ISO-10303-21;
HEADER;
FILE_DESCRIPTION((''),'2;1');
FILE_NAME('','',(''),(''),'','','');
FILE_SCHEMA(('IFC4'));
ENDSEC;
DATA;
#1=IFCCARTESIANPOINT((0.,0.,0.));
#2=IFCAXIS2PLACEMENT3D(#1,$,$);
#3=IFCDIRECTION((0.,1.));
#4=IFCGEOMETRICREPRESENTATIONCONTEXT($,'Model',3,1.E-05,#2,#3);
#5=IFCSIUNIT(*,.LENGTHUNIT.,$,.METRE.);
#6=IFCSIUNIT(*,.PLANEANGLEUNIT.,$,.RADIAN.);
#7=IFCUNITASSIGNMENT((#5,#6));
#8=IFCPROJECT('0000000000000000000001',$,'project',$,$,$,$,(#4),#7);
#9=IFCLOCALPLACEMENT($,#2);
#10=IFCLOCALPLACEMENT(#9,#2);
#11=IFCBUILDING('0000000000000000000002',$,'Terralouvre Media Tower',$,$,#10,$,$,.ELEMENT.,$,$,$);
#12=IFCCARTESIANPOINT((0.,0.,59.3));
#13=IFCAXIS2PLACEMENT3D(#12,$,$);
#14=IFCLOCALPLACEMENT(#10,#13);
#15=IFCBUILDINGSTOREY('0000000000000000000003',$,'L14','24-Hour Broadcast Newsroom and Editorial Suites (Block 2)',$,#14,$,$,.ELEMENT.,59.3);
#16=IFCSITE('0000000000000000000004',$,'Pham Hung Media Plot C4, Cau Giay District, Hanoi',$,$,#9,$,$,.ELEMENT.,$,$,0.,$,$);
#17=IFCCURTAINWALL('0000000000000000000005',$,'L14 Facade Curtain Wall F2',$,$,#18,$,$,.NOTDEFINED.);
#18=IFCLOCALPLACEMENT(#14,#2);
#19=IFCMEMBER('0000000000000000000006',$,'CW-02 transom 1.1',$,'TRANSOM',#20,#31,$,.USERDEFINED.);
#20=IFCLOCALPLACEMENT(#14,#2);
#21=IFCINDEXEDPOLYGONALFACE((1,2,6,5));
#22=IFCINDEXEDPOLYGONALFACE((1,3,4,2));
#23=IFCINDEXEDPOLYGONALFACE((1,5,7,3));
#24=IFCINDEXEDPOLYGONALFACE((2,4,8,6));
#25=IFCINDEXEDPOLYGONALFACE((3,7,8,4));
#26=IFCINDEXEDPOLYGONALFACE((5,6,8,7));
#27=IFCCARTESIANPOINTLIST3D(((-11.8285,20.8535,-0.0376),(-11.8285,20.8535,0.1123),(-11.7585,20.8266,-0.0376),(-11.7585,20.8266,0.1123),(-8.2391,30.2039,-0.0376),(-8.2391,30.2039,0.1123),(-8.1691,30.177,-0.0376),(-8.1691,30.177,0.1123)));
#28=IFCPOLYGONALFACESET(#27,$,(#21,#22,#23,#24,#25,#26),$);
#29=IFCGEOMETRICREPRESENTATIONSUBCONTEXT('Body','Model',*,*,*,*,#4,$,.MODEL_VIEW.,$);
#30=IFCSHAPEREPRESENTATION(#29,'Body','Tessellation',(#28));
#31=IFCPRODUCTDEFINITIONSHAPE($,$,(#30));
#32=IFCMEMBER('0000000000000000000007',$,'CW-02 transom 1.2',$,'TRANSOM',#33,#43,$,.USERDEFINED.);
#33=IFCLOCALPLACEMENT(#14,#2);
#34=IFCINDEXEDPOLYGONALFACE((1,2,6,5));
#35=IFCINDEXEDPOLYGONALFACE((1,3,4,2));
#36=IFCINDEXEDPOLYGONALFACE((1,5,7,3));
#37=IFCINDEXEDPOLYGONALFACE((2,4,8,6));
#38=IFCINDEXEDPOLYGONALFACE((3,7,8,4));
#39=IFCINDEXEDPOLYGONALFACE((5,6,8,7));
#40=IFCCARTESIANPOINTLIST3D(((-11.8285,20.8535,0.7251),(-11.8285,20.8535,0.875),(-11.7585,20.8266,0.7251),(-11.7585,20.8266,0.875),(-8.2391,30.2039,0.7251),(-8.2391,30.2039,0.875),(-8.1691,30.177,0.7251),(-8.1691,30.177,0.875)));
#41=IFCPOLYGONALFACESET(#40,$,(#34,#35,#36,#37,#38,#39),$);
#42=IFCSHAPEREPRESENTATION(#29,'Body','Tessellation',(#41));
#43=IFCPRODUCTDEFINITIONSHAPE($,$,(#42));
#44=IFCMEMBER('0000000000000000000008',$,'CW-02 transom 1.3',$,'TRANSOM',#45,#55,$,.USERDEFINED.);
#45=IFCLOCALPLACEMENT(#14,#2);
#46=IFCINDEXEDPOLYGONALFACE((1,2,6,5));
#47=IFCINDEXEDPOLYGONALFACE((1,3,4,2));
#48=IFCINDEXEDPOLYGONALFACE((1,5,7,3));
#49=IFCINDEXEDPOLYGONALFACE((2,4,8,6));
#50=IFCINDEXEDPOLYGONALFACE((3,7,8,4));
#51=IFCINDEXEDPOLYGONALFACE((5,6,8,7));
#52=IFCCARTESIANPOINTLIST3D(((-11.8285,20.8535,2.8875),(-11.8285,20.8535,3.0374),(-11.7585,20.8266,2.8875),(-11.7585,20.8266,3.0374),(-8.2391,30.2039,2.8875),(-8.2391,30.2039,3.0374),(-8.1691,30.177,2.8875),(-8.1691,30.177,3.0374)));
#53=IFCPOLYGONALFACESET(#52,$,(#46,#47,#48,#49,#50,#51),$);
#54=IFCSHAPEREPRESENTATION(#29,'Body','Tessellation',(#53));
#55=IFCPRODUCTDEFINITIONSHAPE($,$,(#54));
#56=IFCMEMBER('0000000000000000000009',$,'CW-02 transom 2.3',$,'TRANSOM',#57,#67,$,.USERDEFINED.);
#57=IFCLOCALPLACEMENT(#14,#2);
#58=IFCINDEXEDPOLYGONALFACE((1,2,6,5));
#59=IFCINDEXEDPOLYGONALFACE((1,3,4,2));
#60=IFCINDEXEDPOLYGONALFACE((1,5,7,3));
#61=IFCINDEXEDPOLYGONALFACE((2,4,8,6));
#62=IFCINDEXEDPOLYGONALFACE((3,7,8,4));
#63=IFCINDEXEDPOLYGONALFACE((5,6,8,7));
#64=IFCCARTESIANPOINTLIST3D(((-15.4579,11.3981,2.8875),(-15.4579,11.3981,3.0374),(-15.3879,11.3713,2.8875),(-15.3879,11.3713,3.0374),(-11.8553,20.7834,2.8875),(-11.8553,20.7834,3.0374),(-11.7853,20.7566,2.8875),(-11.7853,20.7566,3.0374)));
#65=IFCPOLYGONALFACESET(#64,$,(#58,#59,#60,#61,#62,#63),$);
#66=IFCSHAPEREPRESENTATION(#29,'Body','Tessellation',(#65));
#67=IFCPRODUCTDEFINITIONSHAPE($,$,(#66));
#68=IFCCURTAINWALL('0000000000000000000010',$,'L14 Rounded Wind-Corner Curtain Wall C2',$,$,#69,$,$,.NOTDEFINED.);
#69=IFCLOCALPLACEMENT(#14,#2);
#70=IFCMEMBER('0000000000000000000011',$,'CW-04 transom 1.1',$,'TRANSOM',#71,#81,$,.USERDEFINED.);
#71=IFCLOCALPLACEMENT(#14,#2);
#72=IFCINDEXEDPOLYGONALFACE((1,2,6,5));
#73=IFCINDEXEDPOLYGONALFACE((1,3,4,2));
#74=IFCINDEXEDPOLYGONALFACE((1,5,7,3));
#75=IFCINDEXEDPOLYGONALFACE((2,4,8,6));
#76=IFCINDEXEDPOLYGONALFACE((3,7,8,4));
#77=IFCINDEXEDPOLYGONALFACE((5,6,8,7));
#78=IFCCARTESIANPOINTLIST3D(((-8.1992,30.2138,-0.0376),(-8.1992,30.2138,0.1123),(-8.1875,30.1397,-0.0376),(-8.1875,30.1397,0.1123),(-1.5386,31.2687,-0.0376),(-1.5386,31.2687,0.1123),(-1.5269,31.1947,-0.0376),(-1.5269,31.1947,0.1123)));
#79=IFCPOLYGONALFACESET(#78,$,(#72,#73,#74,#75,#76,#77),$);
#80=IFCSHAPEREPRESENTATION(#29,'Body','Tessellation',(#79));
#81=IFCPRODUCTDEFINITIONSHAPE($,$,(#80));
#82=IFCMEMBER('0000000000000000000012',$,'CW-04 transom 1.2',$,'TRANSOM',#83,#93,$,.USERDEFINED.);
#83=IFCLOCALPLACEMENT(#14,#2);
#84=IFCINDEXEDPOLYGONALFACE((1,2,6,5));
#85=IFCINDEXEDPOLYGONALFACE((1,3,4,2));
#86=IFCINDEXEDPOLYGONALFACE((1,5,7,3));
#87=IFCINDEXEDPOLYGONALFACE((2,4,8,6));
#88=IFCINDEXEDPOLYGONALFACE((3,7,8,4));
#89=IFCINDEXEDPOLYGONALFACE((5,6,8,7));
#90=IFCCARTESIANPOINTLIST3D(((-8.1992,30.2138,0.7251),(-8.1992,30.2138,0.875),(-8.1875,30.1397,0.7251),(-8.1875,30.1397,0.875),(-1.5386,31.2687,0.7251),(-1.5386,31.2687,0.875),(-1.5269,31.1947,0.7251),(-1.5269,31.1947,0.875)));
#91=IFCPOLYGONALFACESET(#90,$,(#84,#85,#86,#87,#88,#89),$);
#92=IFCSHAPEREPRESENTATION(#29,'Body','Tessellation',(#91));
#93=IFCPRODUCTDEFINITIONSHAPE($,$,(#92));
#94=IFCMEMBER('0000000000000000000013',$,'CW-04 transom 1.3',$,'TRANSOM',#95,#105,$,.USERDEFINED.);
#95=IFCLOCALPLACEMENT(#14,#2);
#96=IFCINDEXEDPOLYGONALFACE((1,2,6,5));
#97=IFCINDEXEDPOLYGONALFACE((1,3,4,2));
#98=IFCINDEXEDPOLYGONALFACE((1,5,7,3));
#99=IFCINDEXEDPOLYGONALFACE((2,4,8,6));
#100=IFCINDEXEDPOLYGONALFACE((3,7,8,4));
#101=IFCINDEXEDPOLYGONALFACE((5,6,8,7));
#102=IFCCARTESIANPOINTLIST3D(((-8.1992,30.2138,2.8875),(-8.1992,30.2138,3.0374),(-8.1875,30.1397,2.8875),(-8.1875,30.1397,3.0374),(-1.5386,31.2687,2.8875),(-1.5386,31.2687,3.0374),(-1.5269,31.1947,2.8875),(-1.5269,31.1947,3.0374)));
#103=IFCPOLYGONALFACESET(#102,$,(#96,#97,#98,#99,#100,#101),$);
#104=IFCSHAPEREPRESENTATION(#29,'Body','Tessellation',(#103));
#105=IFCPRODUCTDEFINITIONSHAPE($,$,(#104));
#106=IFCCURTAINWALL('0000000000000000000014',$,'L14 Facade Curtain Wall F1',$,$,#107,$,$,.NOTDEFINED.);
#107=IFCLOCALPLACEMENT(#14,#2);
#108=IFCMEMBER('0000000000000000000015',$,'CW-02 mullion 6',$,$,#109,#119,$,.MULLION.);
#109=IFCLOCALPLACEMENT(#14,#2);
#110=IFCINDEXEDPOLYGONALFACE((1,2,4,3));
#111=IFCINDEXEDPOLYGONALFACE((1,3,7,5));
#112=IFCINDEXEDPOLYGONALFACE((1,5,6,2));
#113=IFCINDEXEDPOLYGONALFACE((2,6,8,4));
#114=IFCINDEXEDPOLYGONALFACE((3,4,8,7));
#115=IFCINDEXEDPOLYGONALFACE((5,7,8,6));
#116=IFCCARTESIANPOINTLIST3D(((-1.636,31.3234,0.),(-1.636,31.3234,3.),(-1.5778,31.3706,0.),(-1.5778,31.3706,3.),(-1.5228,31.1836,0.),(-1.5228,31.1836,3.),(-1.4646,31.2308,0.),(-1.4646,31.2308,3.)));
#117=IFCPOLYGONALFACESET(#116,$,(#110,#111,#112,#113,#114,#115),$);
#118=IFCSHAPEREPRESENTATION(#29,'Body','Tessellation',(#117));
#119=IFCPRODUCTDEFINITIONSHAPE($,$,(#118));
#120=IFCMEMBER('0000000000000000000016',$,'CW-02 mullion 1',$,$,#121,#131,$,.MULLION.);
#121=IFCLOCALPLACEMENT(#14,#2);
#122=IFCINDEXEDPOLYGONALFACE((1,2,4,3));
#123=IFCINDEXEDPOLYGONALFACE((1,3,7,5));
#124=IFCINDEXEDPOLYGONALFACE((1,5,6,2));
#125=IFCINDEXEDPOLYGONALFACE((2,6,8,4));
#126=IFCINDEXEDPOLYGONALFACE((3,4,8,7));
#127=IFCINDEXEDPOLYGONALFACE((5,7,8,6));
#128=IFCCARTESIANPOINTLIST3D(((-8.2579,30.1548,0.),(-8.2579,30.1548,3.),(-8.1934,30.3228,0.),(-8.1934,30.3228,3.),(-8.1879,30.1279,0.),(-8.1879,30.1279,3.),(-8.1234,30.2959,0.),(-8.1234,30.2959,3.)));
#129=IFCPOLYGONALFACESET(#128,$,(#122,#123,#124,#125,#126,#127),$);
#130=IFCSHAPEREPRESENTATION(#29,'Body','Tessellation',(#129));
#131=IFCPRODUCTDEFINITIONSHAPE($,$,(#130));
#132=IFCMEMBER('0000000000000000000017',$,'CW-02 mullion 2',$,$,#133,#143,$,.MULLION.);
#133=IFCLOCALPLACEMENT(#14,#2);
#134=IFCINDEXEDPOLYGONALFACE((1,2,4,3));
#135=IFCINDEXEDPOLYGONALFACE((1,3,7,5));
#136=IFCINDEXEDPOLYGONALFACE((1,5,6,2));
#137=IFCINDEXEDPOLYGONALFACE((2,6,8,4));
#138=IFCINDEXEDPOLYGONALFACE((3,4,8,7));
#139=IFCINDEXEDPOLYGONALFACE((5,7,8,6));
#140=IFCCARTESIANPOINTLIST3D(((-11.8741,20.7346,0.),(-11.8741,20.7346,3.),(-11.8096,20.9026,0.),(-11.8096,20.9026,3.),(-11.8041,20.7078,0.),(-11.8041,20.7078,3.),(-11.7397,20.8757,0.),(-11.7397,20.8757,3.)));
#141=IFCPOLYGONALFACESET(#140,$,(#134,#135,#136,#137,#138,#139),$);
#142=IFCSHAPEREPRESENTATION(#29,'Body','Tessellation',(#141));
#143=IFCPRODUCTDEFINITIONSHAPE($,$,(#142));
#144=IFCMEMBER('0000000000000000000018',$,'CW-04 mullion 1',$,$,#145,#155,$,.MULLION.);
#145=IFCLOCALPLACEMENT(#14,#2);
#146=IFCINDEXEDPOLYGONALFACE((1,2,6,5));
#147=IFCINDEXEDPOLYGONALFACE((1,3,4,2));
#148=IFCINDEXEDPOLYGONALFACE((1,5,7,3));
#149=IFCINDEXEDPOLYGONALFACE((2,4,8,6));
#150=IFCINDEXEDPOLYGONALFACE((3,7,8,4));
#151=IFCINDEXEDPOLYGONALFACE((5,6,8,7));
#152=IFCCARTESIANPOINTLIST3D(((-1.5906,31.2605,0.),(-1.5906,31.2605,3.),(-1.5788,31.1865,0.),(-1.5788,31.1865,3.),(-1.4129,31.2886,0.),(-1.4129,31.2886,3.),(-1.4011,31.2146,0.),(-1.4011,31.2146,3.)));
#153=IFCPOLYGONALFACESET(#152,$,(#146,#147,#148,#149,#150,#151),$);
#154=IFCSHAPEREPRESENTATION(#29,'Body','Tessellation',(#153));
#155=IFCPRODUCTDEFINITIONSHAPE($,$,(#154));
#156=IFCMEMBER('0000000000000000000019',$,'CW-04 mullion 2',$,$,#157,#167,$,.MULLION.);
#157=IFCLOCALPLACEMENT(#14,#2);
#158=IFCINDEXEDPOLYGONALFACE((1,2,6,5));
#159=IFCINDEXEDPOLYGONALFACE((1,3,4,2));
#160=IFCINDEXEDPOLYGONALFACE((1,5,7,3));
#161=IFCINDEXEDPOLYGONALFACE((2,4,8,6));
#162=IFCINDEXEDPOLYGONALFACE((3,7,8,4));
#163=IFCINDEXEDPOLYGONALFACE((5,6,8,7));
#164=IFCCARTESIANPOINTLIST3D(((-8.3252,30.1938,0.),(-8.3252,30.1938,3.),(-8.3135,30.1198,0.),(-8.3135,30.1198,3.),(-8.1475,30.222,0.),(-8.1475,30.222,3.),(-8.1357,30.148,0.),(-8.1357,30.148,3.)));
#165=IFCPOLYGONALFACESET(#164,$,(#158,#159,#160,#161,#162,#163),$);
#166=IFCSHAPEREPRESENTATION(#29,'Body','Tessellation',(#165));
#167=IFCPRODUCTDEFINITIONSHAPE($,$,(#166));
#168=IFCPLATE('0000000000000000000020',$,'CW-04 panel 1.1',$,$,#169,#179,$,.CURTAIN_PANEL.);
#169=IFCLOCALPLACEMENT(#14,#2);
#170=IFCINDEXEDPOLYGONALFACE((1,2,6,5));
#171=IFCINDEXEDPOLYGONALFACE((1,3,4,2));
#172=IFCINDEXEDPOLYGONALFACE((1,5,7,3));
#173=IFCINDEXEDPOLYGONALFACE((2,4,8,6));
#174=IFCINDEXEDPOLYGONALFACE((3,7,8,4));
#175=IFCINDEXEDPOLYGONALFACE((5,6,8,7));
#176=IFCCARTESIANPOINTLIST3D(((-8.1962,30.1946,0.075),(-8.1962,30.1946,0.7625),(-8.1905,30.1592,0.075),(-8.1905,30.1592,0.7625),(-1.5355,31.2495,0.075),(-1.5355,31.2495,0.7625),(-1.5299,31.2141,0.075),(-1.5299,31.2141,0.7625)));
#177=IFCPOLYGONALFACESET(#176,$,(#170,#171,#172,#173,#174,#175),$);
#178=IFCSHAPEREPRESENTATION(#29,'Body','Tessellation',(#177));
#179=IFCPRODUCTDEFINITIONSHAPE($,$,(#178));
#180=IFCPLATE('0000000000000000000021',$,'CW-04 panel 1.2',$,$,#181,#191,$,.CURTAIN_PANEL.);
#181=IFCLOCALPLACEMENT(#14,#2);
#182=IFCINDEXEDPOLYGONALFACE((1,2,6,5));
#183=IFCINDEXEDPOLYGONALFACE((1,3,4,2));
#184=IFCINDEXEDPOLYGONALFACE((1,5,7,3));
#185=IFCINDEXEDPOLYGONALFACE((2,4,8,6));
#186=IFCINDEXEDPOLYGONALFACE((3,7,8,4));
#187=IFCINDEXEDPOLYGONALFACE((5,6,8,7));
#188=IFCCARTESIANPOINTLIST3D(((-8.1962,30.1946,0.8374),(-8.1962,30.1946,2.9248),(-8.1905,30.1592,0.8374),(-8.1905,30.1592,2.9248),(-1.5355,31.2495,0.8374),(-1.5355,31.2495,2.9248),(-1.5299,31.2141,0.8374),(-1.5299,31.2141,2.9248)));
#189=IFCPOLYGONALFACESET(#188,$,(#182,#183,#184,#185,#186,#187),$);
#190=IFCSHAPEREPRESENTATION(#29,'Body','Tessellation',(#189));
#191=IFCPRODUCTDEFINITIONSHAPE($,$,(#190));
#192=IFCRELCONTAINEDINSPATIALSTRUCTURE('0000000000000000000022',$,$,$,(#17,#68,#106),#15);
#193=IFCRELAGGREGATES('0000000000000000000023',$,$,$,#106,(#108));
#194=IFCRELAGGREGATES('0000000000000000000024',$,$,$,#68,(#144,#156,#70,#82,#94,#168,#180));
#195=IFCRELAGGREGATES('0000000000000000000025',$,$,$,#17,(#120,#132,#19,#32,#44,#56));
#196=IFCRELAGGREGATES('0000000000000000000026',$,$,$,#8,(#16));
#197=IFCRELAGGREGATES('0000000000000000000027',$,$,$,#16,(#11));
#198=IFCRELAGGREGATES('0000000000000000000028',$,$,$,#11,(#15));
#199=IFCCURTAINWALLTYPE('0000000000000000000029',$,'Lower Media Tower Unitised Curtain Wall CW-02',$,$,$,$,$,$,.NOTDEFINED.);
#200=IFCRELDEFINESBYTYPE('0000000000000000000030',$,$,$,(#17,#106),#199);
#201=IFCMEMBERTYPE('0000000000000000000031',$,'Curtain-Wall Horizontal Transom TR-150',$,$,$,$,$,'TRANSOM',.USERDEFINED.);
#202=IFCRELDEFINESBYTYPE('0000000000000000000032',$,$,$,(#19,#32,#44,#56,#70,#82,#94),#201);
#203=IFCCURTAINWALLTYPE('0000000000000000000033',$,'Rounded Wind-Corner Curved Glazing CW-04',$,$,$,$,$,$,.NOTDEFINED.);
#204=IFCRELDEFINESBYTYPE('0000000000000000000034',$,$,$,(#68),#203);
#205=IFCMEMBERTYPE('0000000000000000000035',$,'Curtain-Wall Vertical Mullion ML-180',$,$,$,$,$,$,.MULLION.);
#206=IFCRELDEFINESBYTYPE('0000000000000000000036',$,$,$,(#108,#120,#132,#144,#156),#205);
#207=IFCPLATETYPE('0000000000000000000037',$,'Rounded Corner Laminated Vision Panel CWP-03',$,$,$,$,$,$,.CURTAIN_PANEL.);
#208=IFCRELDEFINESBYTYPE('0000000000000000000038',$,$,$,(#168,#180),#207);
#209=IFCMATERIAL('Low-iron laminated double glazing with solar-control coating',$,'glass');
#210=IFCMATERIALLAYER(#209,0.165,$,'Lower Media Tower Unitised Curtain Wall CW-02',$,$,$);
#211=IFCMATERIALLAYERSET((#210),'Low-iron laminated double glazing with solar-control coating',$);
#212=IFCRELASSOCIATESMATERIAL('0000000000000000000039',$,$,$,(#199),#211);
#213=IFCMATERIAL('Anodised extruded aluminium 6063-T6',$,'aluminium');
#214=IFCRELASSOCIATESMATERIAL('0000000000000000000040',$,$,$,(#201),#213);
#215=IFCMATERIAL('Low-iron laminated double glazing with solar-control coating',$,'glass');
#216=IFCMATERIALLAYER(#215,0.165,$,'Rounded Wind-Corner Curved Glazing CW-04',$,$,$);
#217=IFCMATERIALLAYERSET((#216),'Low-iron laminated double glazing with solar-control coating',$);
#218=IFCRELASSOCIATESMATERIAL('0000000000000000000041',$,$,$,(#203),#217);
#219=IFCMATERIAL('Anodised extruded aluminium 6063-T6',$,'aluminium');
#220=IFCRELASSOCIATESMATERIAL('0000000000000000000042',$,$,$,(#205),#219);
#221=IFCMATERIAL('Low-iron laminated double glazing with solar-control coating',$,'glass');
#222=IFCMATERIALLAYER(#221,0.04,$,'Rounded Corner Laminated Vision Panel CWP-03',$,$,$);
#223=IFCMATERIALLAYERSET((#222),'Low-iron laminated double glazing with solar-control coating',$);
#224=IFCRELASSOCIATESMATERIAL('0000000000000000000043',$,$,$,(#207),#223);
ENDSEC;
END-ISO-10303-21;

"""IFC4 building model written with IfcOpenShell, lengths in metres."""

from ifc_helpers import new_model, si_unit, direction, frame, origin, origin_2d, place, context, subcontext, project, spatial, rectangle, extrude, material, layer, layer_set, material_profile, profile_set, type_object, element, aggregate, save


model = new_model("IFC4")

# Units and contexts
model_context = context("Model", 3, precision=1e-05, world=origin(), true_north=direction((0.0, 1.0)))
body_context = subcontext(model_context, "Body", "Model", "MODEL_VIEW")
ifc_project = project(units=[si_unit("LENGTHUNIT", "METRE"), si_unit("PLANEANGLEUNIT", "RADIAN")], contexts=[model_context])

# Site, building, storey
site_placement = place(None, origin())
site = spatial("IfcSite", under=ifc_project, at=site_placement, Name="Pham Hung Media Plot C4, Cau Giay District, Hanoi", CompositionType="ELEMENT", RefElevation=0.0)
building_placement = place(site_placement, origin())
building = spatial("IfcBuilding", under=site, at=building_placement, Name="Terralouvre Media Tower", CompositionType="ELEMENT")
storey_placement = place(building_placement, frame((0.0, 0.0, 59.3)))
storey = spatial("IfcBuildingStorey", under=building, at=storey_placement, Name="L14", Description="24-Hour Broadcast Newsroom and Editorial Suites (Block 2)", CompositionType="ELEMENT", Elevation=59.3)

# Curtain walls, members
ifc_material_1 = material(Name="Low-iron laminated double glazing with solar-control coating", Category="glass")
ifc_layer_1 = layer(ifc_material_1, 0.165, Name="Lower Media Tower Unitised Curtain Wall CW-02")
ifc_layer_set_1 = layer_set([ifc_layer_1], Name="Low-iron laminated double glazing with solar-control coating")
curtain_wall_type_1 = type_object("IfcCurtainWallType", Name="Lower Media Tower Unitised Curtain Wall CW-02", PredefinedType="NOTDEFINED", material=ifc_layer_set_1)
curtain_wall_1_placement = place(storey_placement, origin())
curtain_wall_1 = element("IfcCurtainWall", 1, at=curtain_wall_1_placement, inside=storey, type_object=curtain_wall_type_1, Name="L14 Facade Curtain Wall F2", PredefinedType="NOTDEFINED")
ifc_material_2 = material(Name="Anodised extruded aluminium 6063-T6", Category="aluminium")
ifc_material_profile_1 = material_profile(ifc_material_2, rectangle(XDim=0.075, YDim=0.1499, at=origin_2d()), Name="ALU 75x150")
ifc_profile_set_1 = profile_set([ifc_material_profile_1], Name="Anodised extruded aluminium 6063-T6")
member_type_1 = type_object("IfcMemberType", Name="Curtain-Wall Horizontal Transom TR-150", ElementType="TRANSOM", PredefinedType="USERDEFINED", material=ifc_profile_set_1)
member_1_placement = place(storey_placement, frame((-8.2041, 30.1904, 0.0374), z_axis=(-0.358376, -0.933577, 0.0), x_axis=(0.933577, -0.358376, 0.0)))
member_1 = element("IfcMember", 2, at=member_1_placement, type_object=member_type_1, Name="CW-02 transom 1.1", ObjectType="TRANSOM", PredefinedType="USERDEFINED", context=body_context, shape_type="SweptSolid", body=[
    extrude(rectangle(XDim=0.075, YDim=0.1499, at=origin_2d()), origin(), (0.0, 0.0, 1.0), 10.0156),
])
member_2_placement = place(storey_placement, frame((-8.2041, 30.1904, 0.8), z_axis=(-0.358376, -0.933577, 0.0), x_axis=(0.933577, -0.358376, 0.0)))
member_2 = element("IfcMember", 3, at=member_2_placement, type_object=member_type_1, Name="CW-02 transom 1.2", ObjectType="TRANSOM", PredefinedType="USERDEFINED", context=body_context, shape_type="SweptSolid", body=[
    extrude(rectangle(XDim=0.075, YDim=0.1499, at=origin_2d()), origin(), (0.0, 0.0, 1.0), 10.0156),
])
member_3_placement = place(storey_placement, frame((-8.2041, 30.1904, 2.9624), z_axis=(-0.358376, -0.933577, 0.0), x_axis=(0.933577, -0.358376, 0.0)))
member_3 = element("IfcMember", 4, at=member_3_placement, type_object=member_type_1, Name="CW-02 transom 1.3", ObjectType="TRANSOM", PredefinedType="USERDEFINED", context=body_context, shape_type="SweptSolid", body=[
    extrude(rectangle(XDim=0.075, YDim=0.1499, at=origin_2d()), origin(), (0.0, 0.0, 1.0), 10.0156),
])
member_4_placement = place(storey_placement, frame((-11.8203, 20.77, 2.9624), z_axis=(-0.358357, -0.933584, 0.0), x_axis=(0.933584, -0.358357, 0.0)))
member_4 = element("IfcMember", 5, at=member_4_placement, type_object=member_type_1, Name="CW-02 transom 2.3", ObjectType="TRANSOM", PredefinedType="USERDEFINED", context=body_context, shape_type="SweptSolid", body=[
    extrude(rectangle(XDim=0.075, YDim=0.1499, at=origin_2d()), origin(), (0.0, 0.0, 1.0), 10.053),
])
ifc_material_3 = material(Name="Low-iron laminated double glazing with solar-control coating", Category="glass")
ifc_layer_2 = layer(ifc_material_3, 0.165, Name="Rounded Wind-Corner Curved Glazing CW-04")
ifc_layer_set_2 = layer_set([ifc_layer_2], Name="Low-iron laminated double glazing with solar-control coating")
curtain_wall_type_2 = type_object("IfcCurtainWallType", Name="Rounded Wind-Corner Curved Glazing CW-04", PredefinedType="NOTDEFINED", material=ifc_layer_set_2)
curtain_wall_2_placement = place(storey_placement, origin())
curtain_wall_2 = element("IfcCurtainWall", 6, at=curtain_wall_2_placement, inside=storey, type_object=curtain_wall_type_2, Name="L14 Rounded Wind-Corner Curtain Wall C2", PredefinedType="NOTDEFINED")
member_5_placement = place(storey_placement, frame((-1.5327, 31.2317, 0.0374), z_axis=(-0.987689, -0.156433, 0.0), x_axis=(0.156433, -0.987689, 0.0)))
member_5 = element("IfcMember", 7, at=member_5_placement, type_object=member_type_1, Name="CW-04 transom 1.1", ObjectType="TRANSOM", PredefinedType="USERDEFINED", context=body_context, shape_type="SweptSolid", body=[
    extrude(rectangle(XDim=0.075, YDim=0.1499, at=origin_2d()), origin(), (0.0, 0.0, 1.0), 6.7437),
])
member_6_placement = place(storey_placement, frame((-1.5327, 31.2317, 0.8), z_axis=(-0.987689, -0.156433, 0.0), x_axis=(0.156433, -0.987689, 0.0)))
member_6 = element("IfcMember", 8, at=member_6_placement, type_object=member_type_1, Name="CW-04 transom 1.2", ObjectType="TRANSOM", PredefinedType="USERDEFINED", context=body_context, shape_type="SweptSolid", body=[
    extrude(rectangle(XDim=0.075, YDim=0.1499, at=origin_2d()), origin(), (0.0, 0.0, 1.0), 6.7437),
])
member_7_placement = place(storey_placement, frame((-1.5327, 31.2317, 2.9624), z_axis=(-0.987689, -0.156433, 0.0), x_axis=(0.156433, -0.987689, 0.0)))
member_7 = element("IfcMember", 9, at=member_7_placement, type_object=member_type_1, Name="CW-04 transom 1.3", ObjectType="TRANSOM", PredefinedType="USERDEFINED", context=body_context, shape_type="SweptSolid", body=[
    extrude(rectangle(XDim=0.075, YDim=0.1499, at=origin_2d()), origin(), (0.0, 0.0, 1.0), 6.7437),
])

# Curtain wall, member
curtain_wall_3_placement = place(storey_placement, origin())
curtain_wall_3 = element("IfcCurtainWall", 10, at=curtain_wall_3_placement, inside=storey, type_object=curtain_wall_type_1, Name="L14 Facade Curtain Wall F1", PredefinedType="NOTDEFINED")
ifc_material_4 = material(Name="Anodised extruded aluminium 6063-T6", Category="aluminium")
ifc_material_profile_2 = material_profile(ifc_material_4, rectangle(XDim=0.075, YDim=0.1799, at=origin_2d()), Name="ALU 75x180")
ifc_profile_set_2 = profile_set([ifc_material_profile_2], Name="Anodised extruded aluminium 6063-T6")
member_type_2 = type_object("IfcMemberType", Name="Curtain-Wall Vertical Mullion ML-180", PredefinedType="MULLION", material=ifc_profile_set_2)
member_8_placement = place(storey_placement, frame((-1.5503, 31.2771, 0.0), z_axis=(0.0, 0.0, 1.0), x_axis=(-0.777146, -0.62932, 0.0)))
member_8 = element("IfcMember", 11, at=member_8_placement, type_object=member_type_2, Name="CW-02 mullion 6", PredefinedType="MULLION", context=body_context, shape_type="SweptSolid", body=[
    extrude(rectangle(XDim=0.075, YDim=0.1799, at=origin_2d()), origin(), (0.0, 0.0, 1.0), 3.0),
])
aggregate(curtain_wall_3, [member_8])

# Members
member_9_placement = place(storey_placement, frame((-8.1907, 30.2253, 0.0), z_axis=(0.0, 0.0, 1.0), x_axis=(0.93358, -0.358368, 0.0)))
member_9 = element("IfcMember", 12, at=member_9_placement, type_object=member_type_2, Name="CW-02 mullion 1", PredefinedType="MULLION", context=body_context, shape_type="SweptSolid", body=[
    extrude(rectangle(XDim=0.075, YDim=0.1799, at=origin_2d()), origin(), (0.0, 0.0, 1.0), 3.0),
])
member_10_placement = place(storey_placement, frame((-11.8069, 20.8052, 0.0), z_axis=(0.0, 0.0, 1.0), x_axis=(0.93358, -0.358368, 0.0)))
member_10 = element("IfcMember", 13, at=member_10_placement, type_object=member_type_2, Name="CW-02 mullion 2", PredefinedType="MULLION", context=body_context, shape_type="SweptSolid", body=[
    extrude(rectangle(XDim=0.075, YDim=0.1799, at=origin_2d()), origin(), (0.0, 0.0, 1.0), 3.0),
])
member_11_placement = place(storey_placement, frame((-1.4958, 31.2375, 0.0), z_axis=(0.0, 0.0, 1.0), x_axis=(0.156434, -0.987688, 0.0)))
member_11 = element("IfcMember", 14, at=member_11_placement, type_object=member_type_2, Name="CW-04 mullion 1", PredefinedType="MULLION", context=body_context, shape_type="SweptSolid", body=[
    extrude(rectangle(XDim=0.075, YDim=0.1799, at=origin_2d()), origin(), (0.0, 0.0, 1.0), 3.0),
])
member_12_placement = place(storey_placement, frame((-8.2305, 30.1709, 0.0), z_axis=(0.0, 0.0, 1.0), x_axis=(0.156434, -0.987688, 0.0)))
member_12 = element("IfcMember", 15, at=member_12_placement, type_object=member_type_2, Name="CW-04 mullion 2", PredefinedType="MULLION", context=body_context, shape_type="SweptSolid", body=[
    extrude(rectangle(XDim=0.075, YDim=0.1799, at=origin_2d()), origin(), (0.0, 0.0, 1.0), 3.0),
])

# Plates
ifc_material_5 = material(Name="Low-iron laminated double glazing with solar-control coating", Category="glass")
ifc_layer_3 = layer(ifc_material_5, 0.04, Name="Rounded Corner Laminated Vision Panel CWP-03")
ifc_layer_set_3 = layer_set([ifc_layer_3], Name="Low-iron laminated double glazing with solar-control coating")
plate_type_1 = type_object("IfcPlateType", Name="Rounded Corner Laminated Vision Panel CWP-03", PredefinedType="CURTAIN_PANEL", material=ifc_layer_set_3)
plate_1_placement = place(storey_placement, frame((-4.863, 30.7043, 0.075), z_axis=(0.0, 0.0, 1.0), x_axis=(-0.987688, -0.156434, 0.0)))
plate_1 = element("IfcPlate", 16, at=plate_1_placement, type_object=plate_type_1, Name="CW-04 panel 1.1", PredefinedType="CURTAIN_PANEL", context=body_context, shape_type="SweptSolid", body=[
    extrude(rectangle(XDim=6.7437, YDim=0.0359, at=origin_2d()), origin(), (0.0, 0.0, 1.0), 0.6875),
])
plate_2_placement = place(storey_placement, frame((-4.863, 30.7043, 0.8374), z_axis=(0.0, 0.0, 1.0), x_axis=(-0.987688, -0.156434, 0.0)))
plate_2 = element("IfcPlate", 17, at=plate_2_placement, type_object=plate_type_1, Name="CW-04 panel 1.2", PredefinedType="CURTAIN_PANEL", context=body_context, shape_type="SweptSolid", body=[
    extrude(rectangle(XDim=6.7437, YDim=0.0359, at=origin_2d()), origin(), (0.0, 0.0, 1.0), 2.0874),
])
aggregate(curtain_wall_2, [member_11, member_12, member_5, member_6, member_7, plate_1, plate_2])
aggregate(curtain_wall_1, [member_9, member_10, member_1, member_2, member_3, member_4])

save(model, "model.ifc")
